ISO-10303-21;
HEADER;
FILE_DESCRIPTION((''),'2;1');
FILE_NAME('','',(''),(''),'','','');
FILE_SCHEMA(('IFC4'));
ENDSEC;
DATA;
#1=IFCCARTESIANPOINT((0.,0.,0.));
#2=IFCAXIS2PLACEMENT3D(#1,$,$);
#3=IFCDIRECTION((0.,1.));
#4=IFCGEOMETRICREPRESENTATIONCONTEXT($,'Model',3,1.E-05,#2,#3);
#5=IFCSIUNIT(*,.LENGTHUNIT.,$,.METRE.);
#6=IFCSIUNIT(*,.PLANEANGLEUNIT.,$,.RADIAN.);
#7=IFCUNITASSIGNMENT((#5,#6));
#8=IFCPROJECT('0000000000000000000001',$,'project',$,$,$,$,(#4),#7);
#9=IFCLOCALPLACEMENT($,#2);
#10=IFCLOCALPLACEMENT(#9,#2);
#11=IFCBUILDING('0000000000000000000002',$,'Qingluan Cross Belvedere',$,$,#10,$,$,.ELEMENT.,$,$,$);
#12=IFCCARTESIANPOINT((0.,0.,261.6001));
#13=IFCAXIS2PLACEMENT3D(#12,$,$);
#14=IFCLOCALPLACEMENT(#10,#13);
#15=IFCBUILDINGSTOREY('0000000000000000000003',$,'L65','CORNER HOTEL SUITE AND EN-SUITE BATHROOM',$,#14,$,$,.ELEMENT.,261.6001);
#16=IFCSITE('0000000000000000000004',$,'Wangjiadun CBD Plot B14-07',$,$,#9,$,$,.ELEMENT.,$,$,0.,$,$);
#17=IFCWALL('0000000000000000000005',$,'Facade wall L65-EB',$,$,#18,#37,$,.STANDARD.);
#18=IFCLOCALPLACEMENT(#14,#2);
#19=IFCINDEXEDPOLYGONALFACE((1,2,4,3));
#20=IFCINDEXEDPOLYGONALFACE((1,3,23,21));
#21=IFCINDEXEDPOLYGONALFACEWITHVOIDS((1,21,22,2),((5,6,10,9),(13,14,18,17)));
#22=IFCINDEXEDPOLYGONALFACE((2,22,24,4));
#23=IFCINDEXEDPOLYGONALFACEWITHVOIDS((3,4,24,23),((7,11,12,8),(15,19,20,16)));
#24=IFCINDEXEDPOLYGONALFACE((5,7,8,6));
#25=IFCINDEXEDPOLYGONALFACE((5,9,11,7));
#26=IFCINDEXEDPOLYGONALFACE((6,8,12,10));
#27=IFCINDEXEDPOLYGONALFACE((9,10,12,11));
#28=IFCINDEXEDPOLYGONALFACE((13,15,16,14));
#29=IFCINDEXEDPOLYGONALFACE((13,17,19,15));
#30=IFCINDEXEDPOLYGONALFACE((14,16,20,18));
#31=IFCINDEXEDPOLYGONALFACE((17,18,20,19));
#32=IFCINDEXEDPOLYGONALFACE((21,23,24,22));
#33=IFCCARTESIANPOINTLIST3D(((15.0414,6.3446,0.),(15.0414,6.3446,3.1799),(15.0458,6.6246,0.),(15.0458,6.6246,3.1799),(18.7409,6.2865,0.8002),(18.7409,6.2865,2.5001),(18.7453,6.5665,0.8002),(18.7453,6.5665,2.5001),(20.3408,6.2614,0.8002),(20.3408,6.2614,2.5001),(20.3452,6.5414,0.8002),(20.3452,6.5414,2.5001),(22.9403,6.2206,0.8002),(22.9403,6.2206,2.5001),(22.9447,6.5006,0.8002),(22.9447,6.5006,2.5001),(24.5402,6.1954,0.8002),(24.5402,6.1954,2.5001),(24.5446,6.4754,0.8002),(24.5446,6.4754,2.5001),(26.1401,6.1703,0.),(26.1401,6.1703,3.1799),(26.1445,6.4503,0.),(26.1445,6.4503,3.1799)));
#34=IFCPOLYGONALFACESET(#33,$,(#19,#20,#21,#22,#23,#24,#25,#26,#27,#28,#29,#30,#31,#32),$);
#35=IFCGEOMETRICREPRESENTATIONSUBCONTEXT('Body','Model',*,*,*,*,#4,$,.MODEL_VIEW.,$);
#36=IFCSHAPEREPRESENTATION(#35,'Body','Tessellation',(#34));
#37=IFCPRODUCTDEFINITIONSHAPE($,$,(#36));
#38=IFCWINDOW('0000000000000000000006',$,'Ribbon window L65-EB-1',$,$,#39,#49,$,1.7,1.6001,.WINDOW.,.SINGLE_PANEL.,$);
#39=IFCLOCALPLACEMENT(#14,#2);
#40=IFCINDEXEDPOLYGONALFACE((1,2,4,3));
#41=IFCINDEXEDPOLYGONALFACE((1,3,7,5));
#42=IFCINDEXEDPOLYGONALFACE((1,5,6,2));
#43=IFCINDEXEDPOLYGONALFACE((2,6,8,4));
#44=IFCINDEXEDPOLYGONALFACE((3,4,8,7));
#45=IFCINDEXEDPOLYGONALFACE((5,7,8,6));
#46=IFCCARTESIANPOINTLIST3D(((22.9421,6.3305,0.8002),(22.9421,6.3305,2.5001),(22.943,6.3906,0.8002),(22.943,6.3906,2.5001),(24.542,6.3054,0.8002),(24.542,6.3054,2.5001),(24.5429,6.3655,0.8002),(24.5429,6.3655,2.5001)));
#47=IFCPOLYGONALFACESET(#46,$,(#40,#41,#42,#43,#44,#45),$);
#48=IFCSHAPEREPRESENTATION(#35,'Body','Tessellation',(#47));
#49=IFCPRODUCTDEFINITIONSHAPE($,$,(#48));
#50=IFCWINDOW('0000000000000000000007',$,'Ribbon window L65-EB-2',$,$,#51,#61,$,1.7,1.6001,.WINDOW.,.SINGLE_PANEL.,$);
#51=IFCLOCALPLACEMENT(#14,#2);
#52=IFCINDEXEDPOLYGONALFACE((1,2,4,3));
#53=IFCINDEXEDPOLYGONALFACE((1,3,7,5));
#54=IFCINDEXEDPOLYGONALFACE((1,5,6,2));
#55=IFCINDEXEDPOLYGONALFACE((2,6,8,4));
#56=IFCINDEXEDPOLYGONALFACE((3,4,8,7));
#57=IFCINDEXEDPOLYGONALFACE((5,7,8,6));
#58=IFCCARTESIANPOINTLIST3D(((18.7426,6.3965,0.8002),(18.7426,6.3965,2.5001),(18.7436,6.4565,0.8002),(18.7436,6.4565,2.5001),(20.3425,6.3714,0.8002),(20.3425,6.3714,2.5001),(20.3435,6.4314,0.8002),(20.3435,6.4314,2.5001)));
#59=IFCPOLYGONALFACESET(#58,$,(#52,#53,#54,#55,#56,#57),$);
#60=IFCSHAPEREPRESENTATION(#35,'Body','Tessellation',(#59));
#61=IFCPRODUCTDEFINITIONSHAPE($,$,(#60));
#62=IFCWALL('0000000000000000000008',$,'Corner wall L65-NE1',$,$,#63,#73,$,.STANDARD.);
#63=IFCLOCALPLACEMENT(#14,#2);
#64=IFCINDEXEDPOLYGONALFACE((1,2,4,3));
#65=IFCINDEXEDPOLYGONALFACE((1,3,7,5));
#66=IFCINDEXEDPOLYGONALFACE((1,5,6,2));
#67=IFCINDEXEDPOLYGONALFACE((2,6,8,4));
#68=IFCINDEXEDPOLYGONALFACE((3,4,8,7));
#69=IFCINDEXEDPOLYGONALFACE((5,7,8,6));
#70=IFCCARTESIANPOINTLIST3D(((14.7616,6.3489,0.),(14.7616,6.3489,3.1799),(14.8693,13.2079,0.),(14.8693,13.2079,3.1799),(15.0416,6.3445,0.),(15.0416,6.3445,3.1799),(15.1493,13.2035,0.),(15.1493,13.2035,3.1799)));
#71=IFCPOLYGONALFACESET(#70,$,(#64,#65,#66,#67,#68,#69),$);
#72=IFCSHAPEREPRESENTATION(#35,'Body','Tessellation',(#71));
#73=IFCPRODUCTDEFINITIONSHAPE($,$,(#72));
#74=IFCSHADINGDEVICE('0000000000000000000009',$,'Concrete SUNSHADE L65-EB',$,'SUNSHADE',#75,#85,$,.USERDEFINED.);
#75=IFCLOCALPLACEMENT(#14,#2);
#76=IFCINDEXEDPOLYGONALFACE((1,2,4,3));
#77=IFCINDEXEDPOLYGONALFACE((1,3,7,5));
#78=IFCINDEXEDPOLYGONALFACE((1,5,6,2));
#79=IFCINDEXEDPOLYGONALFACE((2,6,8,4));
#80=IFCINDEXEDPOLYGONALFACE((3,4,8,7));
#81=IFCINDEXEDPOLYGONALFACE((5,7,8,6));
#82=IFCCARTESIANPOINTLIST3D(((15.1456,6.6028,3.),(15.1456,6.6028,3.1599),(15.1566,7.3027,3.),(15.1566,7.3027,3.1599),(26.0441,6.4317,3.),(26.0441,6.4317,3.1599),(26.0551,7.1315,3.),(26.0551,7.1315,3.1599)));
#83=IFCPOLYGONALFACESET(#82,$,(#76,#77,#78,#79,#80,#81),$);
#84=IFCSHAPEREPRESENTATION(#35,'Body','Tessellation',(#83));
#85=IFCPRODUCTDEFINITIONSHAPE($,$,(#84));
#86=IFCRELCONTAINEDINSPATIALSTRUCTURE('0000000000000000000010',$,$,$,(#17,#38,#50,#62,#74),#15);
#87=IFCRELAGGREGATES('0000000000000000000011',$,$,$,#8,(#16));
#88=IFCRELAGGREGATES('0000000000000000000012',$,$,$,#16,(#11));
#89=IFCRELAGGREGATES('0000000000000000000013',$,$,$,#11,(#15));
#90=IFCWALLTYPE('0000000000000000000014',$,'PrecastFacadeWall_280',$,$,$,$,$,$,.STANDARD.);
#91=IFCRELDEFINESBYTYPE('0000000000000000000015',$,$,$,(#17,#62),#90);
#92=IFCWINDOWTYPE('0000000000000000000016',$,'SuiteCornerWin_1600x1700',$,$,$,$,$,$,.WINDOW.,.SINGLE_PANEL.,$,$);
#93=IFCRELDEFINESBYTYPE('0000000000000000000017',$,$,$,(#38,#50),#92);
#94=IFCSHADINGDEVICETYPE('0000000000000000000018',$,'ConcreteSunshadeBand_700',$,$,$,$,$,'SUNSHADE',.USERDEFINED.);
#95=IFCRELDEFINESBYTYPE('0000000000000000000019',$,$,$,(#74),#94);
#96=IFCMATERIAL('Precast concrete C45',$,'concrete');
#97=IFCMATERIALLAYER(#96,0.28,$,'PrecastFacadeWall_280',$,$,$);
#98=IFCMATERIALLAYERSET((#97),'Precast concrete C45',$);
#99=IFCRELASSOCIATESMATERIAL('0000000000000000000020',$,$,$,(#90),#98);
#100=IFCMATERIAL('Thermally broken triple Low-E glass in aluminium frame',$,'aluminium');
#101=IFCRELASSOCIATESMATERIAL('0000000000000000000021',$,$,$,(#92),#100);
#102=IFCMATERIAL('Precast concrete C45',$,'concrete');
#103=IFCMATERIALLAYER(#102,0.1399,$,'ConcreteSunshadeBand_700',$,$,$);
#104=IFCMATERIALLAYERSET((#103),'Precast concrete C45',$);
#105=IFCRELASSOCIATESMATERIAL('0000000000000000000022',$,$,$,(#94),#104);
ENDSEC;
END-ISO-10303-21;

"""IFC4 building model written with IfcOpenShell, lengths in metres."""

from ifc_helpers import new_model, si_unit, direction, frame, frame_2d, origin, origin_2d, place, context, subcontext, project, spatial, rectangle, extrude, material, layer, layer_set, type_object, element, fill, save


model = new_model("IFC4")

# Units and contexts
model_context = context("Model", 3, precision=1e-05, world=origin(), true_north=direction((0.0, 1.0)))
body_context = subcontext(model_context, "Body", "Model", "MODEL_VIEW")
ifc_project = project(units=[si_unit("LENGTHUNIT", "METRE"), si_unit("PLANEANGLEUNIT", "RADIAN")], contexts=[model_context])

# Site, building, storey
site_placement = place(None, origin())
site = spatial("IfcSite", under=ifc_project, at=site_placement, Name="Wangjiadun CBD Plot B14-07", CompositionType="ELEMENT", RefElevation=0.0)
building_placement = place(site_placement, origin())
building = spatial("IfcBuilding", under=site, at=building_placement, Name="Qingluan Cross Belvedere", CompositionType="ELEMENT")
storey_placement = place(building_placement, frame((0.0, 0.0, 261.6001)))
storey = spatial("IfcBuildingStorey", under=building, at=storey_placement, Name="L65", Description="CORNER HOTEL SUITE AND EN-SUITE BATHROOM", CompositionType="ELEMENT", Elevation=261.6001)

# Wall, openings, windows
ifc_material_1 = material(Name="Precast concrete C45", Category="concrete")
ifc_layer_1 = layer(ifc_material_1, 0.28, Name="PrecastFacadeWall_280")
ifc_layer_set_1 = layer_set([ifc_layer_1], Name="Precast concrete C45")
wall_type_1 = type_object("IfcWallType", Name="PrecastFacadeWall_280", PredefinedType="STANDARD", material=ifc_layer_set_1)
wall_1_placement = place(storey_placement, frame((26.1423, 6.3103, 0.0), z_axis=(0.0, 0.0, 1.0), x_axis=(-0.999877, 0.015704, 0.0)))
wall_1 = element("IfcWall", 1, at=wall_1_placement, inside=storey, type_object=wall_type_1, Name="Facade wall L65-EB", PredefinedType="STANDARD", context=body_context, shape_type="SweptSolid", body=[
    extrude(rectangle(XDim=11.1001, YDim=0.28, at=frame_2d((5.55, 0.0))), origin(), (0.0, 0.0, 1.0), 3.1799),
])
opening_1_placement = place(wall_1_placement, frame((1.6001, 0.0, 0.8)))
opening_1 = element("IfcOpeningElement", 2, at=opening_1_placement, cuts=wall_1, PredefinedType="OPENING", context=body_context, shape_type="SweptSolid", body=[
    extrude(rectangle(XDim=1.6001, YDim=1.7, at=frame_2d((0.8, 0.8501))), frame((0.0, 0.1499, 0.0), z_axis=(0.0, -1.0, 0.0), x_axis=(1.0, 0.0, 0.0)), (0.0, 0.0, 1.0), 0.3),
])
opening_2_placement = place(wall_1_placement, frame((5.8, 0.0, 0.8)))
opening_2 = element("IfcOpeningElement", 3, at=opening_2_placement, cuts=wall_1, PredefinedType="OPENING", context=body_context, shape_type="SweptSolid", body=[
    extrude(rectangle(XDim=1.6001, YDim=1.7, at=frame_2d((0.8, 0.8501))), frame((0.0, 0.1499, 0.0), z_axis=(0.0, -1.0, 0.0), x_axis=(1.0, 0.0, 0.0)), (0.0, 0.0, 1.0), 0.3),
])
ifc_material_2 = material(Name="Thermally broken triple Low-E glass in aluminium frame", Category="aluminium")
window_type = type_object("IfcWindowType", Name="SuiteCornerWin_1600x1700", PartitioningType="SINGLE_PANEL", PredefinedType="WINDOW", material=ifc_material_2)
window_1_placement = place(opening_1_placement, origin())
window_1 = element("IfcWindow", 4, at=window_1_placement, inside=storey, type_object=window_type, Name="Ribbon window L65-EB-1", OverallHeight=1.7, OverallWidth=1.6001, PartitioningType="SINGLE_PANEL", PredefinedType="WINDOW", context=body_context, shape_type="SweptSolid", body=[
    extrude(rectangle(XDim=1.6001, YDim=1.7, at=frame_2d((0.8, 0.8501))), frame((0.0, 0.03, 0.0), z_axis=(0.0, -1.0, 0.0), x_axis=(1.0, 0.0, 0.0)), (0.0, 0.0, 1.0), 0.0601),
])
fill(opening_1, window_1)
window_2_placement = place(opening_2_placement, origin())
window_2 = element("IfcWindow", 5, at=window_2_placement, inside=storey, type_object=window_type, Name="Ribbon window L65-EB-2", OverallHeight=1.7, OverallWidth=1.6001, PartitioningType="SINGLE_PANEL", PredefinedType="WINDOW", context=body_context, shape_type="SweptSolid", body=[
    extrude(rectangle(XDim=1.6001, YDim=1.7, at=frame_2d((0.8, 0.8501))), frame((0.0, 0.03, 0.0), z_axis=(0.0, -1.0, 0.0), x_axis=(1.0, 0.0, 0.0)), (0.0, 0.0, 1.0), 0.0601),
])
fill(opening_2, window_2)

# Wall
wall_2_placement = place(storey_placement, frame((14.9016, 6.3467, 0.0), z_axis=(0.0, 0.0, 1.0), x_axis=(0.015695, 0.999877, 0.0)))
element("IfcWall", 6, at=wall_2_placement, inside=storey, type_object=wall_type_1, Name="Corner wall L65-NE1", PredefinedType="STANDARD", context=body_context, shape_type="SweptSolid", body=[
    extrude(rectangle(XDim=6.8599, YDim=0.28, at=frame_2d((3.4299, 0.0))), origin(), (0.0, 0.0, 1.0), 3.1799),
])

# Shading device
ifc_material_3 = material(Name="Precast concrete C45", Category="concrete")
ifc_layer_2 = layer(ifc_material_3, 0.1399, Name="ConcreteSunshadeBand_700")
ifc_layer_set_2 = layer_set([ifc_layer_2], Name="Precast concrete C45")
shading_device_type = type_object("IfcShadingDeviceType", Name="ConcreteSunshadeBand_700", ElementType="SUNSHADE", PredefinedType="USERDEFINED", material=ifc_layer_set_2)
shading_device_placement = place(storey_placement, frame((20.6003, 6.8672, 3.0), z_axis=(0.0, 0.0, 1.0), x_axis=(-0.999877, 0.015703, 0.0)))
element("IfcShadingDevice", 7, at=shading_device_placement, inside=storey, type_object=shading_device_type, Name="Concrete SUNSHADE L65-EB", ObjectType="SUNSHADE", PredefinedType="USERDEFINED", context=body_context, shape_type="SweptSolid", body=[
    extrude(rectangle(XDim=10.8999, YDim=0.7, at=origin_2d()), origin(), (0.0, 0.0, 1.0), 0.1599),
])

save(model, "model.ifc")
